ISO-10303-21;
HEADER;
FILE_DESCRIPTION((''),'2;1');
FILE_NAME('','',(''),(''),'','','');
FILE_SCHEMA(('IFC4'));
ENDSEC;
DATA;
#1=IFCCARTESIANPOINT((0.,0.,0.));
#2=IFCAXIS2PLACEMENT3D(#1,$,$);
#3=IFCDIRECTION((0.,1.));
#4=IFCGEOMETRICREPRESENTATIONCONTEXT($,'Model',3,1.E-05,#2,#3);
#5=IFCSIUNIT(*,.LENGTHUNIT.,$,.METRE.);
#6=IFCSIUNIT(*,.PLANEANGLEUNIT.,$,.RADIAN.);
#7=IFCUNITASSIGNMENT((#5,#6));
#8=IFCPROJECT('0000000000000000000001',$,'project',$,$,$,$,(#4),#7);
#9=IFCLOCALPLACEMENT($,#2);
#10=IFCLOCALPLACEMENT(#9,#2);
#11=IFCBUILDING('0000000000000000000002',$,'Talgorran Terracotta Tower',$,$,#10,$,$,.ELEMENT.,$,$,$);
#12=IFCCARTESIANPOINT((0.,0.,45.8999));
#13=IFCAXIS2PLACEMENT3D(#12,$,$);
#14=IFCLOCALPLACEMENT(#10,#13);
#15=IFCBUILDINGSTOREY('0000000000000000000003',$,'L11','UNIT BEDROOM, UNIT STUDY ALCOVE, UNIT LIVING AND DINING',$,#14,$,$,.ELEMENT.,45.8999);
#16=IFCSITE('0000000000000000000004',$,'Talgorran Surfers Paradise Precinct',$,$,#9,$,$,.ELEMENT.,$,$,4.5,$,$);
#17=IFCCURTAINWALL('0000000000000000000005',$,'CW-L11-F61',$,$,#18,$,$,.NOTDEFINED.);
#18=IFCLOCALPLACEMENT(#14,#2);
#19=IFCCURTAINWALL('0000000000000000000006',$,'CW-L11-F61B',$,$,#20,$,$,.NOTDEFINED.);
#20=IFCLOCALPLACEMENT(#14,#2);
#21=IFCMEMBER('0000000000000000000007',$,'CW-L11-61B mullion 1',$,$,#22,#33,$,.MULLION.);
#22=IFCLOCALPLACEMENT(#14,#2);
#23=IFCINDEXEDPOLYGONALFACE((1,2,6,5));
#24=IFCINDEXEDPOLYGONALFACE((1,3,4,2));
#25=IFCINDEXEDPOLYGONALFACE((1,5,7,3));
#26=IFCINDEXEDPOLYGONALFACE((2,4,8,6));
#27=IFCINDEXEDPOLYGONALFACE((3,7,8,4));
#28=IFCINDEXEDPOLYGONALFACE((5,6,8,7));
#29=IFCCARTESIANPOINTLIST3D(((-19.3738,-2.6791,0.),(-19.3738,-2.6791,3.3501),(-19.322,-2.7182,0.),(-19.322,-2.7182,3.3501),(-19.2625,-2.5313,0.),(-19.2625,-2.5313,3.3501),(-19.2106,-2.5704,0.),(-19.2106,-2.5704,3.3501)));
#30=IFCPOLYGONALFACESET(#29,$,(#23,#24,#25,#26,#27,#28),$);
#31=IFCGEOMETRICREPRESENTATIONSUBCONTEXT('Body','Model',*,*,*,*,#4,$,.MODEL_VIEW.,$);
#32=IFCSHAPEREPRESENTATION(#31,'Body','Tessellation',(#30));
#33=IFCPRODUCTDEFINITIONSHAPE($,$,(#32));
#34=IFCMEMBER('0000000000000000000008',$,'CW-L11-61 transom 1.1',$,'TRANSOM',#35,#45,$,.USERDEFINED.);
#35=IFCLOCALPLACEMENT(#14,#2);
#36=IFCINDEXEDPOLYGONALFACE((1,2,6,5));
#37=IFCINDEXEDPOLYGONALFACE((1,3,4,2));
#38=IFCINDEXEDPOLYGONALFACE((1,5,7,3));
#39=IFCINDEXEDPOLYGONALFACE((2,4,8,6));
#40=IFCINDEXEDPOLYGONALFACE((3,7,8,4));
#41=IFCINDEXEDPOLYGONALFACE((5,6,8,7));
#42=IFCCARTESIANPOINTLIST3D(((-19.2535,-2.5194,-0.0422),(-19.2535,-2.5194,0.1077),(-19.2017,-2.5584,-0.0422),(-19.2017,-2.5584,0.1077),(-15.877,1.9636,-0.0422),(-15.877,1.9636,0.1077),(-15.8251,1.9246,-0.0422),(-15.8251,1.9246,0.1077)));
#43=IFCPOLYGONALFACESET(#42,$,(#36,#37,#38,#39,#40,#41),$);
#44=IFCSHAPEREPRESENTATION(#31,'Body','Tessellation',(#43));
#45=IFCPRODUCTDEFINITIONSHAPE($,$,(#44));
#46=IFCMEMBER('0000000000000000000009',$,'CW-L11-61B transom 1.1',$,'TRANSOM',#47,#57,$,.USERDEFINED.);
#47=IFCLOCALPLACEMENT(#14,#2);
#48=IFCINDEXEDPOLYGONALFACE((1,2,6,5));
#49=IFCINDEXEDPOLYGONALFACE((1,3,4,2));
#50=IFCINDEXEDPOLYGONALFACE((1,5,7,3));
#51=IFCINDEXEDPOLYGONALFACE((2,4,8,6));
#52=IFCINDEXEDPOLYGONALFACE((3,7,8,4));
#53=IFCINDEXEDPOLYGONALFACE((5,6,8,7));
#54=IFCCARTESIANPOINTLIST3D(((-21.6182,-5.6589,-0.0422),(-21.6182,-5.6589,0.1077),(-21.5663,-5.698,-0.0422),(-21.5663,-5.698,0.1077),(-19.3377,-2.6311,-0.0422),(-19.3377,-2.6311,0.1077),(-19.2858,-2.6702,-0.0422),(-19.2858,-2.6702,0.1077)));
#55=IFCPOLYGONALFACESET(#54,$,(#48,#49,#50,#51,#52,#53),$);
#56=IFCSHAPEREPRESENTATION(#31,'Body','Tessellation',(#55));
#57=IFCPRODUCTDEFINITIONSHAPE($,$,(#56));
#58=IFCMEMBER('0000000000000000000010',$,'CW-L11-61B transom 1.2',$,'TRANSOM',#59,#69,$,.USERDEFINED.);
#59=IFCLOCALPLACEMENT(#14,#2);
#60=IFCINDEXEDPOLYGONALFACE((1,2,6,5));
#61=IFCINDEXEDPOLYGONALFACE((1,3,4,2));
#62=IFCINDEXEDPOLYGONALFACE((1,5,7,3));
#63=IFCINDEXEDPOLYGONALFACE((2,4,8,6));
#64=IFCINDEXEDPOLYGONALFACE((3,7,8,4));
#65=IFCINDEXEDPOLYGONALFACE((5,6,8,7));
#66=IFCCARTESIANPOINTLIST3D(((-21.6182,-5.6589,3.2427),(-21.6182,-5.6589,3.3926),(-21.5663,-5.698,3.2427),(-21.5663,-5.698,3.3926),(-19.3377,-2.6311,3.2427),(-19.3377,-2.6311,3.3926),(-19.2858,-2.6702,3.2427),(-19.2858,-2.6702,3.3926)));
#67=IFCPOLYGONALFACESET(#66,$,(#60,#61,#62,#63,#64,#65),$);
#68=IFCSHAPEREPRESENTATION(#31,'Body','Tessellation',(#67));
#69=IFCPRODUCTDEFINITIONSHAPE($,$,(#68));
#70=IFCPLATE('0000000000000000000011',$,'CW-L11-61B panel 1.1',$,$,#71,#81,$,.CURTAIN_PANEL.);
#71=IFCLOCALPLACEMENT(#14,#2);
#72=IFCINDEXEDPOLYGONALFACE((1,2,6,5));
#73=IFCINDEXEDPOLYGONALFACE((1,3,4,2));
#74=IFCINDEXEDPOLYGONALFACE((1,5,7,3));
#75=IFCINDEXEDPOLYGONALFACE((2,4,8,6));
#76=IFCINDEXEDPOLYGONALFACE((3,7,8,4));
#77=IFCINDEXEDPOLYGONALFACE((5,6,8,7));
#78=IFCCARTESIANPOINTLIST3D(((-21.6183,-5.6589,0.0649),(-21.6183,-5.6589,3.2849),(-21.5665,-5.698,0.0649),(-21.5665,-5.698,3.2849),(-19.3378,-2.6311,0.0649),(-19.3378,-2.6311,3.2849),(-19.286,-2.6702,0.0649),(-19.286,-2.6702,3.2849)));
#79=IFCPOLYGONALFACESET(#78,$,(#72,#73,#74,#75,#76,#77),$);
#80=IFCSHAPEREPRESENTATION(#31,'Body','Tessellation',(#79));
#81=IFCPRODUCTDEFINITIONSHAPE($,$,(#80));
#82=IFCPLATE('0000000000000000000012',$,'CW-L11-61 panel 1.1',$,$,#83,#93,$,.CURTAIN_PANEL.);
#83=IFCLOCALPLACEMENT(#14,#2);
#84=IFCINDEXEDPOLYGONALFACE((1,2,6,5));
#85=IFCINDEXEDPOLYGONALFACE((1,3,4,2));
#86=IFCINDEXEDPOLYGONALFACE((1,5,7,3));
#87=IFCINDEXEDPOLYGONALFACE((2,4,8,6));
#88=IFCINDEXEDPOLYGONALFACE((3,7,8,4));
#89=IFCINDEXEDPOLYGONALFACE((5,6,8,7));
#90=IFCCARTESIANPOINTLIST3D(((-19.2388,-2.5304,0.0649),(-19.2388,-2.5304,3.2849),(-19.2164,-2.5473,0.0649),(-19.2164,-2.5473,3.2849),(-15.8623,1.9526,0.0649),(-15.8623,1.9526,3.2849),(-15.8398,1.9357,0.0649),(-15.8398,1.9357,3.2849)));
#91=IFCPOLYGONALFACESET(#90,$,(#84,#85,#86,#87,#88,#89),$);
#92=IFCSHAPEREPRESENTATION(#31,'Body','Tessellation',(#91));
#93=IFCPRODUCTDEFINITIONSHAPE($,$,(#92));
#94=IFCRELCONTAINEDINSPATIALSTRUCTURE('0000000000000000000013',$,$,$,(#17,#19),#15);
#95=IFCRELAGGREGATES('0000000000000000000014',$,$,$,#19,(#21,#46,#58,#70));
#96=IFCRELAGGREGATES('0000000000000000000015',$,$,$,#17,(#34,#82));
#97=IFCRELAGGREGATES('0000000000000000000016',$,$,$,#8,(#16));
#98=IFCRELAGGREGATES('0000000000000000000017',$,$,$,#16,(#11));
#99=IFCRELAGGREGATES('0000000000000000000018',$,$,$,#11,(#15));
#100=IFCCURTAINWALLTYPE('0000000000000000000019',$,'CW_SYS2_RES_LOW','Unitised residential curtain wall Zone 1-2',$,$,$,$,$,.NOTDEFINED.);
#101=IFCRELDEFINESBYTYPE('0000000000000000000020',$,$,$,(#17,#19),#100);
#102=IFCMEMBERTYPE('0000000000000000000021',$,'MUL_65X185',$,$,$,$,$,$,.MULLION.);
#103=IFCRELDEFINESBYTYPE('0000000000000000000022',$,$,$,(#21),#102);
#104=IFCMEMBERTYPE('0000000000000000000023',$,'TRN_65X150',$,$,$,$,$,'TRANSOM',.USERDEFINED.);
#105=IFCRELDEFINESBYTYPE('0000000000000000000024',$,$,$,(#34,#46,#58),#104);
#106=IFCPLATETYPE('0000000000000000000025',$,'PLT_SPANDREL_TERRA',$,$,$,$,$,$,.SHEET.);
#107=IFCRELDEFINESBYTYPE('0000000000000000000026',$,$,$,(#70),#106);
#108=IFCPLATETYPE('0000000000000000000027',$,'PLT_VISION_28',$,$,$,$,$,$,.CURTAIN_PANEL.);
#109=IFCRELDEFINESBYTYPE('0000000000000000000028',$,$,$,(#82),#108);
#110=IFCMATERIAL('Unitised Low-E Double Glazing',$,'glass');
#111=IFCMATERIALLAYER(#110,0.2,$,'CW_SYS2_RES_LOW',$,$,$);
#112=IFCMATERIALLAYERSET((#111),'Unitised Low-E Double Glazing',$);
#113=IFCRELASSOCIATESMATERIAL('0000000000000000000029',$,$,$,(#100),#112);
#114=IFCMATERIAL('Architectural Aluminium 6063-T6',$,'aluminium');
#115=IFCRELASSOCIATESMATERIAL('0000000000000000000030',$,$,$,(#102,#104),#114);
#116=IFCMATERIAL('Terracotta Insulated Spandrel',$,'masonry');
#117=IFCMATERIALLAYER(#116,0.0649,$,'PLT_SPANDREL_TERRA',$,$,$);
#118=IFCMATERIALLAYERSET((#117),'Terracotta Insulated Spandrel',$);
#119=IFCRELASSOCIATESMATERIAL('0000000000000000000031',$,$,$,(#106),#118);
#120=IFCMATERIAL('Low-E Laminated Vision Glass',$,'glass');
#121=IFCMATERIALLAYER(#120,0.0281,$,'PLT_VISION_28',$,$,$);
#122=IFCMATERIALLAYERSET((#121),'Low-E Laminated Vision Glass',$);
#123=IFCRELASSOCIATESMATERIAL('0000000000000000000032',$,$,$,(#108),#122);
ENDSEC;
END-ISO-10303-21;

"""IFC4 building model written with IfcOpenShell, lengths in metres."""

from ifc_helpers import new_model, si_unit, direction, frame, origin, origin_2d, place, context, subcontext, project, spatial, rectangle, extrude, source, transform, mapped, material, layer, layer_set, material_profile, profile_set, type_object, type_shapes, element, aggregate, save


model = new_model("IFC4")

# Units and contexts
model_context = context("Model", 3, precision=1e-05, world=origin(), true_north=direction((0.0, 1.0)))
body_context = subcontext(model_context, "Body", "Model", "MODEL_VIEW")
ifc_project = project(units=[si_unit("LENGTHUNIT", "METRE"), si_unit("PLANEANGLEUNIT", "RADIAN")], contexts=[model_context])

# Site, building, storey
site_placement = place(None, origin())
site = spatial("IfcSite", under=ifc_project, at=site_placement, Name="Talgorran Surfers Paradise Precinct", CompositionType="ELEMENT", RefElevation=4.5)
building_placement = place(site_placement, origin())
building = spatial("IfcBuilding", under=site, at=building_placement, Name="Talgorran Terracotta Tower", CompositionType="ELEMENT")
storey_placement = place(building_placement, frame((0.0, 0.0, 45.8999)))
storey = spatial("IfcBuildingStorey", under=building, at=storey_placement, Name="L11", Description="UNIT BEDROOM, UNIT STUDY ALCOVE, UNIT LIVING AND DINING", CompositionType="ELEMENT", Elevation=45.8999)

# Curtain walls, member
ifc_material_1 = material(Name="Unitised Low-E Double Glazing", Category="glass")
ifc_layer_1 = layer(ifc_material_1, 0.2, Name="CW_SYS2_RES_LOW")
ifc_layer_set_1 = layer_set([ifc_layer_1], Name="Unitised Low-E Double Glazing")
curtain_wall_type = type_object("IfcCurtainWallType", Name="CW_SYS2_RES_LOW", Description="Unitised residential curtain wall Zone 1-2", PredefinedType="NOTDEFINED", material=ifc_layer_set_1)
curtain_wall_1_placement = place(storey_placement, origin())
curtain_wall_1 = element("IfcCurtainWall", 1, at=curtain_wall_1_placement, inside=storey, type_object=curtain_wall_type, Name="CW-L11-F61", PredefinedType="NOTDEFINED")
ifc_material_2 = material(Name="Architectural Aluminium 6063-T6", Category="aluminium")
ifc_material_profile_1 = material_profile(ifc_material_2, rectangle(XDim=0.0649, YDim=0.1851, at=origin_2d()), Name="CWM65X185")
ifc_profile_set_1 = profile_set([ifc_material_profile_1], Name="Architectural Aluminium 6063-T6")
member_type_1 = type_object("IfcMemberType", Name="MUL_65X185", PredefinedType="MULLION", material=ifc_profile_set_1)
curtain_wall_2_placement = place(storey_placement, origin())
curtain_wall_2 = element("IfcCurtainWall", 2, at=curtain_wall_2_placement, inside=storey, type_object=curtain_wall_type, Name="CW-L11-F61B", PredefinedType="NOTDEFINED")
member_1_placement = place(storey_placement, frame((-19.2922, -2.6248, 0.0), z_axis=(0.0, 0.0, 1.0), x_axis=(0.798774, -0.601631, 0.0)))
member_1 = element("IfcMember", 3, at=member_1_placement, type_object=member_type_1, Name="CW-L11-61B mullion 1", PredefinedType="MULLION", context=body_context, shape_type="SweptSolid", body=[
    extrude(rectangle(XDim=0.0649, YDim=0.1851, at=origin_2d()), origin(), (0.0, 0.0, 1.0), 3.3501),
])

# Members
ifc_material_profile_2 = material_profile(ifc_material_2, rectangle(XDim=0.0649, YDim=0.1499, at=origin_2d()), Name="CWT65X150")
ifc_profile_set_2 = profile_set([ifc_material_profile_2], Name="Architectural Aluminium 6063-T6")
member_type_2 = type_object("IfcMemberType", Name="TRN_65X150", ElementType="TRANSOM", PredefinedType="USERDEFINED", material=ifc_profile_set_2)
member_2_placement = place(storey_placement, frame((-15.8511, 1.9441, 0.0327), z_axis=(-0.601627, -0.798777, 0.0), x_axis=(0.798777, -0.601627, 0.0)))
member_2 = element("IfcMember", 4, at=member_2_placement, type_object=member_type_2, Name="CW-L11-61 transom 1.1", ObjectType="TRANSOM", PredefinedType="USERDEFINED", context=body_context, shape_type="SweptSolid", body=[
    extrude(rectangle(XDim=0.0649, YDim=0.1499, at=origin_2d()), origin(), (0.0, 0.0, 1.0), 5.6123),
])
member_3_placement = place(storey_placement, frame((-19.3118, -2.6506, 0.0327), z_axis=(-0.601627, -0.798777, 0.0), x_axis=(0.798777, -0.601627, 0.0)))
member_3 = element("IfcMember", 5, at=member_3_placement, type_object=member_type_2, Name="CW-L11-61B transom 1.1", ObjectType="TRANSOM", PredefinedType="USERDEFINED", context=body_context, shape_type="SweptSolid", body=[
    extrude(rectangle(XDim=0.0649, YDim=0.1499, at=origin_2d()), origin(), (0.0, 0.0, 1.0), 3.7905),
])
member_4_placement = place(storey_placement, frame((-19.3118, -2.6506, 3.3176), z_axis=(-0.601627, -0.798777, 0.0), x_axis=(0.798777, -0.601627, 0.0)))
member_4 = element("IfcMember", 6, at=member_4_placement, type_object=member_type_2, Name="CW-L11-61B transom 1.2", ObjectType="TRANSOM", PredefinedType="USERDEFINED", context=body_context, shape_type="SweptSolid", body=[
    extrude(rectangle(XDim=0.0649, YDim=0.1499, at=origin_2d()), origin(), (0.0, 0.0, 1.0), 3.7905),
])

# Plates
ifc_material_3 = material(Name="Terracotta Insulated Spandrel", Category="masonry")
ifc_layer_2 = layer(ifc_material_3, 0.0649, Name="PLT_SPANDREL_TERRA")
ifc_layer_set_2 = layer_set([ifc_layer_2], Name="Terracotta Insulated Spandrel")
plate_type_1 = type_object("IfcPlateType", Name="PLT_SPANDREL_TERRA", PredefinedType="SHEET", material=ifc_layer_set_2)
shared_shape_1 = source(origin(), body_context, "Body", "SweptSolid", [
    extrude(rectangle(XDim=3.7905, YDim=0.0649, at=origin_2d()), origin(), (0.0, 0.0, 1.0), 3.22),
])
type_shapes(plate_type_1, [shared_shape_1])
plate_1_placement = place(storey_placement, frame((-20.4521, -4.1646, 0.0649), z_axis=(0.0, 0.0, 1.0), x_axis=(-0.601631, -0.798774, 0.0)))
plate_1 = element("IfcPlate", 7, at=plate_1_placement, type_object=plate_type_1, Name="CW-L11-61B panel 1.1", PredefinedType="CURTAIN_PANEL", context=body_context, shape_type="MappedRepresentation", body=[
    mapped(shared_shape_1, transform((0.0, 0.0, 0.0), scale=1.0)),
])
aggregate(curtain_wall_2, [member_1, member_3, member_4, plate_1])
ifc_material_4 = material(Name="Low-E Laminated Vision Glass", Category="glass")
ifc_layer_3 = layer(ifc_material_4, 0.0281, Name="PLT_VISION_28")
ifc_layer_set_3 = layer_set([ifc_layer_3], Name="Low-E Laminated Vision Glass")
plate_type_2 = type_object("IfcPlateType", Name="PLT_VISION_28", PredefinedType="CURTAIN_PANEL", material=ifc_layer_set_3)
shared_shape_2 = source(origin(), body_context, "Body", "SweptSolid", [
    extrude(rectangle(XDim=5.6123, YDim=0.0281, at=origin_2d()), origin(), (0.0, 0.0, 1.0), 3.22),
])
type_shapes(plate_type_2, [shared_shape_2])
plate_2_placement = place(storey_placement, frame((-17.5393, -0.2974, 0.0649), z_axis=(0.0, 0.0, 1.0), x_axis=(-0.601629, -0.798776, 0.0)))
plate_2 = element("IfcPlate", 8, at=plate_2_placement, type_object=plate_type_2, Name="CW-L11-61 panel 1.1", PredefinedType="CURTAIN_PANEL", context=body_context, shape_type="MappedRepresentation", body=[
    mapped(shared_shape_2, transform((0.0, 0.0, 0.0), scale=1.0)),
])
aggregate(curtain_wall_1, [member_2, plate_2])

save(model, "model.ifc")
